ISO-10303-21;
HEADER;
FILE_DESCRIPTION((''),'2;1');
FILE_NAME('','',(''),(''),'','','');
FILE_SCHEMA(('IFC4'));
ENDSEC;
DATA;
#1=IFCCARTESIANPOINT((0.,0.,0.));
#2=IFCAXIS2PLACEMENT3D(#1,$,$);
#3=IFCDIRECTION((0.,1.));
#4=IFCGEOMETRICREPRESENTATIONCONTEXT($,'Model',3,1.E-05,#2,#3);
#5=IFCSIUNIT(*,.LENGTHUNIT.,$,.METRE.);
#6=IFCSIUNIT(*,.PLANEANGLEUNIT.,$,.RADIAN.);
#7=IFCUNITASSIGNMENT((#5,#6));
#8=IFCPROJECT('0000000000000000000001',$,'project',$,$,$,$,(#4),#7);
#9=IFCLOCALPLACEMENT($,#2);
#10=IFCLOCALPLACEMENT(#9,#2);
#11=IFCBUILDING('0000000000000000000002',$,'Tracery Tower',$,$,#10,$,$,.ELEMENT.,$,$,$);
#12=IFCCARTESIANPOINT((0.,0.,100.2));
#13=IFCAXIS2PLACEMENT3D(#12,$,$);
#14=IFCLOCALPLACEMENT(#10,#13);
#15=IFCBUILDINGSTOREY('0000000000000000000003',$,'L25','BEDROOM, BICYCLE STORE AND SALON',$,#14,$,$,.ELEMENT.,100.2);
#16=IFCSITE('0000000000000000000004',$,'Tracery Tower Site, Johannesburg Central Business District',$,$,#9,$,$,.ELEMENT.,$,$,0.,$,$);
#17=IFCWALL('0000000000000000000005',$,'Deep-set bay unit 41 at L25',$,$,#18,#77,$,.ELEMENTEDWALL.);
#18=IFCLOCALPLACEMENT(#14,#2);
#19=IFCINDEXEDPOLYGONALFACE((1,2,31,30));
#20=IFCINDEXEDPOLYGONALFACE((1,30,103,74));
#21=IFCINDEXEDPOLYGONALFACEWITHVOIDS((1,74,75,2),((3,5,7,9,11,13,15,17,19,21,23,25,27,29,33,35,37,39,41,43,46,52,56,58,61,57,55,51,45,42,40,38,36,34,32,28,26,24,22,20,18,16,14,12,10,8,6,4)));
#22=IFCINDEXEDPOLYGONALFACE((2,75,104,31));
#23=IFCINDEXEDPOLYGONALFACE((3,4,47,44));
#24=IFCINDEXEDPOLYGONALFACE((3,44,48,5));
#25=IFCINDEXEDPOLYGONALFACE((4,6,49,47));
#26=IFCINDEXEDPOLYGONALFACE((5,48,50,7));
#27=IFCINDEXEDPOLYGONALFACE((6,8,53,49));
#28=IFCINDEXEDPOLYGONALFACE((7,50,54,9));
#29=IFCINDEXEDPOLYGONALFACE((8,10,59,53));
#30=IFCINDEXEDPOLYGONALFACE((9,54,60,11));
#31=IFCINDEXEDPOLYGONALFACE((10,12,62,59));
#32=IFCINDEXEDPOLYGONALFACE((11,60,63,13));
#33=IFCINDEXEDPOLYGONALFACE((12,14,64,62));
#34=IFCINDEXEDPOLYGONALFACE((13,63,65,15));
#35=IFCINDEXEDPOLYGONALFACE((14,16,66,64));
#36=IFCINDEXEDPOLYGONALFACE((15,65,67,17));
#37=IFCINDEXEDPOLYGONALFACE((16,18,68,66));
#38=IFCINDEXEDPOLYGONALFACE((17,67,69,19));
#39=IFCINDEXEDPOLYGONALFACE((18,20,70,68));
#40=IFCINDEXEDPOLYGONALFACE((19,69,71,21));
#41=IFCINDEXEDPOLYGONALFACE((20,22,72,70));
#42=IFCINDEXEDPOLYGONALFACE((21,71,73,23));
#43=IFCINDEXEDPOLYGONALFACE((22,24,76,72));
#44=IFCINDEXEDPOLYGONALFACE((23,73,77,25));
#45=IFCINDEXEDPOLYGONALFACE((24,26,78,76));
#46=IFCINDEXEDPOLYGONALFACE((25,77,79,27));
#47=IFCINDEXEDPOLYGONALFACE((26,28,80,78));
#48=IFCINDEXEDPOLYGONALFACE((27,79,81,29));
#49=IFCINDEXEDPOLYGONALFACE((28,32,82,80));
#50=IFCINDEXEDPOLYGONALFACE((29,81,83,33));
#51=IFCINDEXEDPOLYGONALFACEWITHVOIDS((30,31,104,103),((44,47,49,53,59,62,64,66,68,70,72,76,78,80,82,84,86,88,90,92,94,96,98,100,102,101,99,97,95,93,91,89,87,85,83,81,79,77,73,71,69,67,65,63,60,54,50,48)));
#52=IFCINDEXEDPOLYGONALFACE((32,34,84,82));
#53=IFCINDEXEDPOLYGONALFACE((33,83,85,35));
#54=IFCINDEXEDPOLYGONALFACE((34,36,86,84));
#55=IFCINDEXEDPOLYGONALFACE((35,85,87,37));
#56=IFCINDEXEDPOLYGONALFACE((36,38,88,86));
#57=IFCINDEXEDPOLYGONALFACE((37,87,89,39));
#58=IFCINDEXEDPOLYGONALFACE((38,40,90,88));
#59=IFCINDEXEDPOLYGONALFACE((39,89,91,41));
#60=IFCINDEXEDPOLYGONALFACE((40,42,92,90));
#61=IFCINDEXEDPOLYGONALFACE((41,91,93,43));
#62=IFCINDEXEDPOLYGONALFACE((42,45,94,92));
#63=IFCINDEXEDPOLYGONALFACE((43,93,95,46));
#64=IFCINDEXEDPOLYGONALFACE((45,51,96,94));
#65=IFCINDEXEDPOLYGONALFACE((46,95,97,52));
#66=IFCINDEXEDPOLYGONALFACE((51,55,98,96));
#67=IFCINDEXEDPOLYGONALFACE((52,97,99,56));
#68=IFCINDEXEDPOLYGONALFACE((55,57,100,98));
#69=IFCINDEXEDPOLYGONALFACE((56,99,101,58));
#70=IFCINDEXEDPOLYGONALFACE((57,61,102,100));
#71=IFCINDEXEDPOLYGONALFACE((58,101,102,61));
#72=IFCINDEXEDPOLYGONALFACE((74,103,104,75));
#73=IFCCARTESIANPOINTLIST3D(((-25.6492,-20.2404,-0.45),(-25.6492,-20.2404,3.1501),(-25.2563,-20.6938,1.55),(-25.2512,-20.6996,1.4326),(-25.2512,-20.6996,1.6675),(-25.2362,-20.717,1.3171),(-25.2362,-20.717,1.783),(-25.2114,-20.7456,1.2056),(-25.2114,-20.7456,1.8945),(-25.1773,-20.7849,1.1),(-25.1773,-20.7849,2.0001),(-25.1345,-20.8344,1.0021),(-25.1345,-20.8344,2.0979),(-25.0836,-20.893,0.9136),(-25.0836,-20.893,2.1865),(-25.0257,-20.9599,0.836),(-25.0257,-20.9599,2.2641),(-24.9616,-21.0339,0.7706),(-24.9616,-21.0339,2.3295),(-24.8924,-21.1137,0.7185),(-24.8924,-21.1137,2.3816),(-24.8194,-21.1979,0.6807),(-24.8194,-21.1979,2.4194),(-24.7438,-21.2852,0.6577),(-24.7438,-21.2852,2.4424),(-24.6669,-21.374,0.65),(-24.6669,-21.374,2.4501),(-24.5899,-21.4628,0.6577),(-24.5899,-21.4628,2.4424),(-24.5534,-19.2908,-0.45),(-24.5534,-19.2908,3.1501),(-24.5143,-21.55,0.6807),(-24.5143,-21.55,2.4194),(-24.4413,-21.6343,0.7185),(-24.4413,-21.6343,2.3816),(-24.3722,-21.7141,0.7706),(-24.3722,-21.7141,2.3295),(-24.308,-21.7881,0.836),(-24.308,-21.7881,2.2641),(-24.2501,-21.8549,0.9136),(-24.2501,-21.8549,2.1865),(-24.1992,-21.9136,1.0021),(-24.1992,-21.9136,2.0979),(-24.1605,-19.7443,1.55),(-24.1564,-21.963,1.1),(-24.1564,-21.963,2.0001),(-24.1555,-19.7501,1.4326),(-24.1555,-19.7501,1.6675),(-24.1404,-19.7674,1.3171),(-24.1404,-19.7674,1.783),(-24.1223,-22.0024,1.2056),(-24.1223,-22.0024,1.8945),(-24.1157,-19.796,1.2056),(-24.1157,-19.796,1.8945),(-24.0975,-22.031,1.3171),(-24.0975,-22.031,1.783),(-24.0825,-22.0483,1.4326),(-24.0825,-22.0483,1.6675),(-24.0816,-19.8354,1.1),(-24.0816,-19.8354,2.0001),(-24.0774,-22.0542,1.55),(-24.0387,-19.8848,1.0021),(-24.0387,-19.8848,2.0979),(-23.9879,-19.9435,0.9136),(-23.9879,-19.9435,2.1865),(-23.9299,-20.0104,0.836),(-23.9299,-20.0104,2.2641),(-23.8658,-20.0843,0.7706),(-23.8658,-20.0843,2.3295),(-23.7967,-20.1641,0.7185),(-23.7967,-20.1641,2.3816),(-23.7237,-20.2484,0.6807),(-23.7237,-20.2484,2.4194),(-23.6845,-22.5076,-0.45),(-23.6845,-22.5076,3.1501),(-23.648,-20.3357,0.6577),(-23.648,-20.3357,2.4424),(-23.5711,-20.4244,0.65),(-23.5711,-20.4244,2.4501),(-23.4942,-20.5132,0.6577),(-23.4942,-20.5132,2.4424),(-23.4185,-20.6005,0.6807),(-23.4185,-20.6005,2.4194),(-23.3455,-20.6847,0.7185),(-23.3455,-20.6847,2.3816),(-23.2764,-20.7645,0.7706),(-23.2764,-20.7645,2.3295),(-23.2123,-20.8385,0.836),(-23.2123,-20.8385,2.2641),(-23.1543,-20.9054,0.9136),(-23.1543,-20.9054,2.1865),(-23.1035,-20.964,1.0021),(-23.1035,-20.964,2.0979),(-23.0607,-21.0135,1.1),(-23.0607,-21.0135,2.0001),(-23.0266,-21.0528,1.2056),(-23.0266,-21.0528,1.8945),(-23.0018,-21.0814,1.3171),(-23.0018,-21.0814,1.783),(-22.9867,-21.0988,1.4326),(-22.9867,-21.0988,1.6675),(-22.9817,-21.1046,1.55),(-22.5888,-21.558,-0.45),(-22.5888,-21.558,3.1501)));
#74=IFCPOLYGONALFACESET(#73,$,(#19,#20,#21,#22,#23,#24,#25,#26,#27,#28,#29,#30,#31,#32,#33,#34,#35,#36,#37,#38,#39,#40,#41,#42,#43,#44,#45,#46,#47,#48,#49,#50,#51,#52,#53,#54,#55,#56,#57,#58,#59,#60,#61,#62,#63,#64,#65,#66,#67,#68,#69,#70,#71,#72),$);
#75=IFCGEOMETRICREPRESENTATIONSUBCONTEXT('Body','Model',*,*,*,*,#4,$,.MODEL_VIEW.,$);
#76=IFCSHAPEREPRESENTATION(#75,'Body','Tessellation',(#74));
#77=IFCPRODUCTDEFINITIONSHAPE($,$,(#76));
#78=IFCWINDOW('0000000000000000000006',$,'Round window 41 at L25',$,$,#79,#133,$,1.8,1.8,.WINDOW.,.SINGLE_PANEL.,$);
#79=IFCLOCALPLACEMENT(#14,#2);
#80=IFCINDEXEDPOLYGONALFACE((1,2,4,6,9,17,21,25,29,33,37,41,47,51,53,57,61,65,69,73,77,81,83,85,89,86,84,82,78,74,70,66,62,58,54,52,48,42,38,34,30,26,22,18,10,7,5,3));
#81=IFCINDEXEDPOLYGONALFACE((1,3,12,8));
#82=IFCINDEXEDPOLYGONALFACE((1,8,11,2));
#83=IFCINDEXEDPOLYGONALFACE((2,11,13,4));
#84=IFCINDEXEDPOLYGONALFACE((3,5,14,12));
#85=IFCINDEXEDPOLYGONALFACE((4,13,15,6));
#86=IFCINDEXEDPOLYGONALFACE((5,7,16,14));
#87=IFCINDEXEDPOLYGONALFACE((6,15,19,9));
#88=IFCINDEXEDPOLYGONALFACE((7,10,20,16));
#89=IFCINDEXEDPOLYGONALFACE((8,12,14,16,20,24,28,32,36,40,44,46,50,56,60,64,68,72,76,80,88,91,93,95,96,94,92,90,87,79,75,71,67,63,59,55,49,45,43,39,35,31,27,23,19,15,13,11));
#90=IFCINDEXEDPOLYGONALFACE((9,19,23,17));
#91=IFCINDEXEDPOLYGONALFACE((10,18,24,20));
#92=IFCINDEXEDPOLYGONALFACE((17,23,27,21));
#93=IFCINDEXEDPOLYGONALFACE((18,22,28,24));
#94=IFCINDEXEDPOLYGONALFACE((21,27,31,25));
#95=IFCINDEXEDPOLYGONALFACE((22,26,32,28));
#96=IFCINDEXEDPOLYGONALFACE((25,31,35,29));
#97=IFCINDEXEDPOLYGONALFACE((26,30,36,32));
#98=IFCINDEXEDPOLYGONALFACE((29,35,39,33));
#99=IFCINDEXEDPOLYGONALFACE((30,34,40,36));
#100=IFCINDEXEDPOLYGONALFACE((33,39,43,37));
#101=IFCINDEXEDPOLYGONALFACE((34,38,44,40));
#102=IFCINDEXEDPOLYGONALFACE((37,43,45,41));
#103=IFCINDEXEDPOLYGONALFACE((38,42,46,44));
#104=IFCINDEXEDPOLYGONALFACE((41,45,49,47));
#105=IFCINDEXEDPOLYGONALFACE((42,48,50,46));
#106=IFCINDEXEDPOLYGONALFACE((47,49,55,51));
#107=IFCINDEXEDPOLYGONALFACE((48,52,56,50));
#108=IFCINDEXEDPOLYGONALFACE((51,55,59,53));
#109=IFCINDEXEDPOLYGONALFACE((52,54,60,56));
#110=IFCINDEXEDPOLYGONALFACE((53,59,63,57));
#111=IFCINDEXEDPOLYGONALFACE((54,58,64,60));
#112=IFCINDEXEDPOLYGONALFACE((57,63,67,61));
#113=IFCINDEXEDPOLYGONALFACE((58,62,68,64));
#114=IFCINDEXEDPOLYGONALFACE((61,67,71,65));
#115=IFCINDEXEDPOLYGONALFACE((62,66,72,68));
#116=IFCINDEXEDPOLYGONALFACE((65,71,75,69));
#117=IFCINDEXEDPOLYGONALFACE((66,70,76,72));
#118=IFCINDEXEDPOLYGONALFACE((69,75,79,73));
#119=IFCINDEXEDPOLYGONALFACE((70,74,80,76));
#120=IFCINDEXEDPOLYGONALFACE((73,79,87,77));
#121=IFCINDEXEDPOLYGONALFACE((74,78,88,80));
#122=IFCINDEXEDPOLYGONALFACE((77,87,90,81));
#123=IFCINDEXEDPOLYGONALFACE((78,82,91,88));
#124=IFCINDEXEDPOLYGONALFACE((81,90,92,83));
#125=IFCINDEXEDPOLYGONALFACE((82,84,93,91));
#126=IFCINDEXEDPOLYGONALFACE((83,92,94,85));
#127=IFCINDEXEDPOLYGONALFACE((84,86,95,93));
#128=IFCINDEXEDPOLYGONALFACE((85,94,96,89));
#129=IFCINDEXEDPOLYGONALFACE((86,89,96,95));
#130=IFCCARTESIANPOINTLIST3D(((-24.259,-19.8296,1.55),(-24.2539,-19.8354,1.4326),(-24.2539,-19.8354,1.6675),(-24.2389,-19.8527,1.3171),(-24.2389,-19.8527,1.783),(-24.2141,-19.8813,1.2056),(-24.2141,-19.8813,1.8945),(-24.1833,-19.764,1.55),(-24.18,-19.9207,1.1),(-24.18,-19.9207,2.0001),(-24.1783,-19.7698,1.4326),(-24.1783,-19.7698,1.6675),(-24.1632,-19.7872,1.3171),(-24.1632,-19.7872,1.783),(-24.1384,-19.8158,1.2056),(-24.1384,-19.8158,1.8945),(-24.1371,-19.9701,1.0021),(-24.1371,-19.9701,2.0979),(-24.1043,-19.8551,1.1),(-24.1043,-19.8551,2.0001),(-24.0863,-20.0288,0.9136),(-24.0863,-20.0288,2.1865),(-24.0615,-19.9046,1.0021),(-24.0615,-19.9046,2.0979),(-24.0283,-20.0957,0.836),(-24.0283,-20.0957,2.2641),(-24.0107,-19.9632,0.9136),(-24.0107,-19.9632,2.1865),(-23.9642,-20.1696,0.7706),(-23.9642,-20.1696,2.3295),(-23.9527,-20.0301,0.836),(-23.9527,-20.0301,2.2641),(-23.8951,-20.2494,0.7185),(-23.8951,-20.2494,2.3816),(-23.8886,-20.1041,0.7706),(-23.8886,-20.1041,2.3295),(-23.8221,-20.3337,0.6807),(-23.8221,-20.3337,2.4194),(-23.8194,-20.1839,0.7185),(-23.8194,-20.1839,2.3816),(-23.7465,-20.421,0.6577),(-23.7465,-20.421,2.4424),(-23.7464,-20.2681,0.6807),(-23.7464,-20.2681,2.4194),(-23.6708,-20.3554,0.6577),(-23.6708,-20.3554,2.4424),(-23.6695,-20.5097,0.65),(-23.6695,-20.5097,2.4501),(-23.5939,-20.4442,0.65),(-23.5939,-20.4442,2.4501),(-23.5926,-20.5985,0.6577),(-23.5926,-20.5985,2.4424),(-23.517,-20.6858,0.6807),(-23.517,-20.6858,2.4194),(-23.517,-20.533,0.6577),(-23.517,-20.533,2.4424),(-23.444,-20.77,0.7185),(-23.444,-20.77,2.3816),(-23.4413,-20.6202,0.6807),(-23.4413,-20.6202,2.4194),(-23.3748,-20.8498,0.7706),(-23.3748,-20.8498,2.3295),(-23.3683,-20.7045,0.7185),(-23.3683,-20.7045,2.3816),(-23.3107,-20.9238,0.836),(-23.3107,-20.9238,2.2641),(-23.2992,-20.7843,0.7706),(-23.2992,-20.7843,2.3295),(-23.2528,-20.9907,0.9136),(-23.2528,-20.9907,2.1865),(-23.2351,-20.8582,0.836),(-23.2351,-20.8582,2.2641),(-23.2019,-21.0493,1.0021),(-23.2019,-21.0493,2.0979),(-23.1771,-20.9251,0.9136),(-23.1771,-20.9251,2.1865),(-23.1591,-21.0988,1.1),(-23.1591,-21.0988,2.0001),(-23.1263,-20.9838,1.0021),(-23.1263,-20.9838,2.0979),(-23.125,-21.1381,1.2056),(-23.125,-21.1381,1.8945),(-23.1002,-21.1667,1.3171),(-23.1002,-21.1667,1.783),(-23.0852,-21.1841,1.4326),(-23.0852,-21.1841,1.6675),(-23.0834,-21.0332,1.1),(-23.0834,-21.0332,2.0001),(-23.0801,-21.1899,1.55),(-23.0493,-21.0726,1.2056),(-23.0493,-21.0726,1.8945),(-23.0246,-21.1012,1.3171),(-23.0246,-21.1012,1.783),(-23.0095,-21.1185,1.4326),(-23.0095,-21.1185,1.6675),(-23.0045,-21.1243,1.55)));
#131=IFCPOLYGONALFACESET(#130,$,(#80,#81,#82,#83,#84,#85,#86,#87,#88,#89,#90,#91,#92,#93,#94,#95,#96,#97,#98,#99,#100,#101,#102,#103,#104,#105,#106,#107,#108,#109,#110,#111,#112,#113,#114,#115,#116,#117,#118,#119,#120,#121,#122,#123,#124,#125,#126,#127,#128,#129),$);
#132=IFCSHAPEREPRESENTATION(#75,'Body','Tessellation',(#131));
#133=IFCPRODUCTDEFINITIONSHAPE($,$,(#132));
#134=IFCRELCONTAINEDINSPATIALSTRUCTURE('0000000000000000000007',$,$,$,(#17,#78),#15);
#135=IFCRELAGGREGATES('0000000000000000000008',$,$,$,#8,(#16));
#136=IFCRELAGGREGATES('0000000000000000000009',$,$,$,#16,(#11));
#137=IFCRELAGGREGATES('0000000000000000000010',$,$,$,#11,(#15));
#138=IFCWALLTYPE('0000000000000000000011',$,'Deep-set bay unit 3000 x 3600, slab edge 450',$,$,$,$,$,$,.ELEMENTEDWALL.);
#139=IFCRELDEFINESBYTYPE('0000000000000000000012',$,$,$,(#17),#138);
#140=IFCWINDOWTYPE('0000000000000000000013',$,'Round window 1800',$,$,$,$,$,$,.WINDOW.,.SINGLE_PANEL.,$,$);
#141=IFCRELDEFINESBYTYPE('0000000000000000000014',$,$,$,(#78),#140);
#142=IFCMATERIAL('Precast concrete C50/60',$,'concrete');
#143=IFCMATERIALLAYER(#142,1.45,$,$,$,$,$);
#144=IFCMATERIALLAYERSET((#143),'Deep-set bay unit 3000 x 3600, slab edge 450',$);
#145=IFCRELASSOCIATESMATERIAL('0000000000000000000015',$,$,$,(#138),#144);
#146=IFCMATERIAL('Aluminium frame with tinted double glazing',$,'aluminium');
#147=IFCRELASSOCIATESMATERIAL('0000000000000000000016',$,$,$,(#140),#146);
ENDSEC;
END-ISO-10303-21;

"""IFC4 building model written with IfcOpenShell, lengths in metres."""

from ifc_helpers import new_model, si_unit, direction, frame, frame_2d, origin, origin_2d, place, context, subcontext, project, spatial, rectangle, circle, extrude, material, layer, layer_set, type_object, element, fill, save


model = new_model("IFC4")

# Units and contexts
model_context = context("Model", 3, precision=1e-05, world=origin(), true_north=direction((0.0, 1.0)))
body_context = subcontext(model_context, "Body", "Model", "MODEL_VIEW")
ifc_project = project(units=[si_unit("LENGTHUNIT", "METRE"), si_unit("PLANEANGLEUNIT", "RADIAN")], contexts=[model_context])

# Site, building, storey
site_placement = place(None, origin())
site = spatial("IfcSite", under=ifc_project, at=site_placement, Name="Tracery Tower Site, Johannesburg Central Business District", CompositionType="ELEMENT", RefElevation=0.0)
building_placement = place(site_placement, origin())
building = spatial("IfcBuilding", under=site, at=building_placement, Name="Tracery Tower", CompositionType="ELEMENT")
storey_placement = place(building_placement, frame((0.0, 0.0, 100.2)))
storey = spatial("IfcBuildingStorey", under=building, at=storey_placement, Name="L25", Description="BEDROOM, BICYCLE STORE AND SALON", CompositionType="ELEMENT", Elevation=100.2)

# Wall, opening, window
ifc_material_1 = material(Name="Precast concrete C50/60", Category="concrete")
ifc_layer_1 = layer(ifc_material_1, 1.45)
ifc_layer_set_1 = layer_set([ifc_layer_1], Name="Deep-set bay unit 3000 x 3600, slab edge 450")
wall_type_1 = type_object("IfcWallType", Name="Deep-set bay unit 3000 x 3600, slab edge 450", PredefinedType="ELEMENTEDWALL", material=ifc_layer_set_1)
wall_1_placement = place(storey_placement, frame((-25.1013, -19.7656, -0.45), z_axis=(0.0, 0.0, 1.0), x_axis=(0.65489, -0.755724, 0.0)))
wall_1 = element("IfcWall", 1, at=wall_1_placement, inside=storey, type_object=wall_type_1, Name="Deep-set bay unit 41 at L25", PredefinedType="ELEMENTEDWALL", context=body_context, shape_type="SweptSolid", body=[
    extrude(rectangle(XDim=3.0, YDim=1.45, at=frame_2d((1.5, 0.0))), origin(), (0.0, 0.0, 1.0), 3.6001),
])
opening_1_placement = place(wall_1_placement, frame((1.5, 0.0, 2.0)))
opening_1 = element("IfcOpeningElement", 2, at=opening_1_placement, cuts=wall_1, PredefinedType="OPENING", context=body_context, shape_type="SweptSolid", body=[
    extrude(circle(Radius=0.9, at=origin_2d()), frame((0.0, 0.7349, 0.0), z_axis=(0.0, -1.0, 0.0), x_axis=(1.0, 0.0, 0.0)), (0.0, 0.0, 1.0), 1.47),
])
ifc_material_2 = material(Name="Aluminium frame with tinted double glazing", Category="aluminium")
window_type = type_object("IfcWindowType", Name="Round window 1800", PartitioningType="SINGLE_PANEL", PredefinedType="WINDOW", material=ifc_material_2)
window_1_placement = place(opening_1_placement, origin())
window_1 = element("IfcWindow", 3, at=window_1_placement, inside=storey, type_object=window_type, Name="Round window 41 at L25", OverallHeight=1.8, OverallWidth=1.8, PartitioningType="SINGLE_PANEL", PredefinedType="WINDOW", context=body_context, shape_type="SweptSolid", body=[
    extrude(circle(Radius=0.9, at=origin_2d()), frame((0.0, 0.6948, 0.0), z_axis=(0.0, -1.0, 0.0), x_axis=(1.0, 0.0, 0.0)), (0.0, 0.0, 1.0), 0.1001),
])
fill(opening_1, window_1)

save(model, "model.ifc")
